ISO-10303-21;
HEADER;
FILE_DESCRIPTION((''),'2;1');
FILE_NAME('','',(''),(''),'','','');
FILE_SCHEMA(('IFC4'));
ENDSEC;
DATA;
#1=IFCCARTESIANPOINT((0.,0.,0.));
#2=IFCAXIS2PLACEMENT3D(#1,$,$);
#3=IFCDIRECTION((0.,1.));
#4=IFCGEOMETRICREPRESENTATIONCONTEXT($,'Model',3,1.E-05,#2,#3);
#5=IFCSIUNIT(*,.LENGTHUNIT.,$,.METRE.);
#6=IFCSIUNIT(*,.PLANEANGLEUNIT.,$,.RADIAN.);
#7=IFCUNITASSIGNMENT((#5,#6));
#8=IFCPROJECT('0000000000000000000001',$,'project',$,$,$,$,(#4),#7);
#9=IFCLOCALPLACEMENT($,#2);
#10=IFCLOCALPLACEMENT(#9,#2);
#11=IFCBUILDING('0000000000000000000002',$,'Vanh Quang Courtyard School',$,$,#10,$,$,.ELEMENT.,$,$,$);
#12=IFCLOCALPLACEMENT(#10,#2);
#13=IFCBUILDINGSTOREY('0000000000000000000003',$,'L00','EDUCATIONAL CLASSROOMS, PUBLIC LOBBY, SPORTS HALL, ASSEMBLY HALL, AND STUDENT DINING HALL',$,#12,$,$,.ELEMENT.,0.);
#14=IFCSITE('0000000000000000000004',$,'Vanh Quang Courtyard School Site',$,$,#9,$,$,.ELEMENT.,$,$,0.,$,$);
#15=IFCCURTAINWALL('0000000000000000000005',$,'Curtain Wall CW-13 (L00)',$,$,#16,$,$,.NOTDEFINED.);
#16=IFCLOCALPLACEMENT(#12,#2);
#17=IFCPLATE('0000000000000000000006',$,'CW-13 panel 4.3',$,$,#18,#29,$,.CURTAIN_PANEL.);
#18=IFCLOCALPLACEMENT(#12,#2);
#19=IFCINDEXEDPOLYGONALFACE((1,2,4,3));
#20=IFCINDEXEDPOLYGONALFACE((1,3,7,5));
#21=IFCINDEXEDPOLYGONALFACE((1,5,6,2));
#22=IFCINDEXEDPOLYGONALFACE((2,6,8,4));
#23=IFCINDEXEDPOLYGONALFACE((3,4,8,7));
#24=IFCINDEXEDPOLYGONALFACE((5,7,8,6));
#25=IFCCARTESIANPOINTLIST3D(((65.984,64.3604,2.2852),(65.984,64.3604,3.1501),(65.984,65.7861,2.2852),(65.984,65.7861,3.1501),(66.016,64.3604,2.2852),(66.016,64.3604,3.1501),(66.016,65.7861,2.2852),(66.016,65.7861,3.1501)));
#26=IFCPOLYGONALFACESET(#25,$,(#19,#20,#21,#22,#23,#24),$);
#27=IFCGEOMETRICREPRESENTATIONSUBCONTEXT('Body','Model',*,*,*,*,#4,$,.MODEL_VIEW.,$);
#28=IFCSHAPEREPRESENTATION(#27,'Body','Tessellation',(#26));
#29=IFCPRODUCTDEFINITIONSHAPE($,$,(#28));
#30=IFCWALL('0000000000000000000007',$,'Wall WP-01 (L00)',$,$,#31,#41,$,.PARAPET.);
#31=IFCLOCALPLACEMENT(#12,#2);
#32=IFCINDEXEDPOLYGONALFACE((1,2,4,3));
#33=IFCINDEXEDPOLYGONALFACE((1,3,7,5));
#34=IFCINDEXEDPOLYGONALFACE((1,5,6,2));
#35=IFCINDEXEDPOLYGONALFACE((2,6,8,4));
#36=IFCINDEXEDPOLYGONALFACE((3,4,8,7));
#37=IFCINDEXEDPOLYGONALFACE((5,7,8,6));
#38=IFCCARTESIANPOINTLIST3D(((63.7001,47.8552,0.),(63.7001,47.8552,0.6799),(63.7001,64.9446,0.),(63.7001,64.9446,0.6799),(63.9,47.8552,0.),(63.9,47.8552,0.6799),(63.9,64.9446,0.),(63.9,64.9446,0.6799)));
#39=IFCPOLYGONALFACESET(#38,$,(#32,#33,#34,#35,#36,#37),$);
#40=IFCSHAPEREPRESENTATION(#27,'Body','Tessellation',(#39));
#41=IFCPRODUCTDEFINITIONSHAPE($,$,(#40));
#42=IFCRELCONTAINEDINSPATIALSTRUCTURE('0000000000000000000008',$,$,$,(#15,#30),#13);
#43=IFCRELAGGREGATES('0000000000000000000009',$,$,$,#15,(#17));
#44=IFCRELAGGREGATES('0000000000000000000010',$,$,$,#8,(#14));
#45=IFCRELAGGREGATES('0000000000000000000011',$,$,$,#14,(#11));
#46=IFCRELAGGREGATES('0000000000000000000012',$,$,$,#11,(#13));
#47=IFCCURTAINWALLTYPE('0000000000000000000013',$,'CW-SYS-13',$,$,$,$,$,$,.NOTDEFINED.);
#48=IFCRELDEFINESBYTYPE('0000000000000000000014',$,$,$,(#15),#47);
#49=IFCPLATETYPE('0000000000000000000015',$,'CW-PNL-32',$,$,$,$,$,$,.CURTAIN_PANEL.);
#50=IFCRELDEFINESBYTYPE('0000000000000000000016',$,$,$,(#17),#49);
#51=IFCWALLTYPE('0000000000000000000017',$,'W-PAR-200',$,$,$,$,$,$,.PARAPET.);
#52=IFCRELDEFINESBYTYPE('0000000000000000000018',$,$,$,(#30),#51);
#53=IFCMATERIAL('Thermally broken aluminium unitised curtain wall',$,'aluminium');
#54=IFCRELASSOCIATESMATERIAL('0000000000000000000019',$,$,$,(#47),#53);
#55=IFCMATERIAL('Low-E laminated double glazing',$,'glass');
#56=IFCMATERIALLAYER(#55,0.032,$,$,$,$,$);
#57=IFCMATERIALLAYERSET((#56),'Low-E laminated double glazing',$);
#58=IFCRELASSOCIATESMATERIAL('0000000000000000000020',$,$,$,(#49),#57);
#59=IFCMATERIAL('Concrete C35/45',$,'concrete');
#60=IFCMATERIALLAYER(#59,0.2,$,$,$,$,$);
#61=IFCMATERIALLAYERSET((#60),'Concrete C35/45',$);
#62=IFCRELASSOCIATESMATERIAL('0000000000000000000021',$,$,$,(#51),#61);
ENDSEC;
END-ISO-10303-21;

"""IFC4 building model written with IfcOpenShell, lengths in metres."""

from ifc_helpers import new_model, si_unit, direction, frame, frame_2d, origin, origin_2d, place, context, subcontext, project, spatial, rectangle, extrude, material, layer, layer_set, type_object, element, aggregate, save


model = new_model("IFC4")

# Units and contexts
model_context = context("Model", 3, precision=1e-05, world=origin(), true_north=direction((0.0, 1.0)))
body_context = subcontext(model_context, "Body", "Model", "MODEL_VIEW")
ifc_project = project(units=[si_unit("LENGTHUNIT", "METRE"), si_unit("PLANEANGLEUNIT", "RADIAN")], contexts=[model_context])

# Site, building, storey
site_placement = place(None, origin())
site = spatial("IfcSite", under=ifc_project, at=site_placement, Name="Vanh Quang Courtyard School Site", CompositionType="ELEMENT", RefElevation=0.0)
building_placement = place(site_placement, origin())
building = spatial("IfcBuilding", under=site, at=building_placement, Name="Vanh Quang Courtyard School", CompositionType="ELEMENT")
storey_placement = place(building_placement, origin())
storey = spatial("IfcBuildingStorey", under=building, at=storey_placement, Name="L00", Description="EDUCATIONAL CLASSROOMS, PUBLIC LOBBY, SPORTS HALL, ASSEMBLY HALL, AND STUDENT DINING HALL", CompositionType="ELEMENT", Elevation=0.0)

# Shared definitions
ifc_material_1 = material(Name="Concrete C35/45", Category="concrete")

# Curtain wall, plate
ifc_material_2 = material(Name="Thermally broken aluminium unitised curtain wall", Category="aluminium")
curtain_wall_type = type_object("IfcCurtainWallType", Name="CW-SYS-13", PredefinedType="NOTDEFINED", material=ifc_material_2)
curtain_wall_placement = place(storey_placement, origin())
curtain_wall = element("IfcCurtainWall", 1, at=curtain_wall_placement, inside=storey, type_object=curtain_wall_type, Name="Curtain Wall CW-13 (L00)", PredefinedType="NOTDEFINED")
ifc_material_3 = material(Name="Low-E laminated double glazing", Category="glass")
ifc_layer_1 = layer(ifc_material_3, 0.032)
ifc_layer_set_1 = layer_set([ifc_layer_1], Name="Low-E laminated double glazing")
plate_type = type_object("IfcPlateType", Name="CW-PNL-32", PredefinedType="CURTAIN_PANEL", material=ifc_layer_set_1)
plate_1_placement = place(storey_placement, frame((66.0, 65.0732, 2.2852), z_axis=(0.0, 0.0, 1.0), x_axis=(0.0, 1.0, 0.0)))
plate_1 = element("IfcPlate", 2, at=plate_1_placement, type_object=plate_type, Name="CW-13 panel 4.3", PredefinedType="CURTAIN_PANEL", context=body_context, shape_type="SweptSolid", body=[
    extrude(rectangle(XDim=1.4258, YDim=0.032, at=origin_2d()), origin(), (0.0, 0.0, 1.0), 0.865),
])
aggregate(curtain_wall, [plate_1])

# Wall
ifc_layer_2 = layer(ifc_material_1, 0.2)
ifc_layer_set_2 = layer_set([ifc_layer_2], Name="Concrete C35/45")
wall_type = type_object("IfcWallType", Name="W-PAR-200", PredefinedType="PARAPET", material=ifc_layer_set_2)
wall_placement = place(storey_placement, frame((63.8, 64.9446, 0.0), z_axis=(0.0, 0.0, 1.0), x_axis=(0.0, -1.0, 0.0)))
element("IfcWall", 3, at=wall_placement, inside=storey, type_object=wall_type, Name="Wall WP-01 (L00)", PredefinedType="PARAPET", context=body_context, shape_type="SweptSolid", body=[
    extrude(rectangle(XDim=17.0894, YDim=0.2, at=frame_2d((8.5447, 0.0))), origin(), (0.0, 0.0, 1.0), 0.6799),
])

save(model, "model.ifc")
